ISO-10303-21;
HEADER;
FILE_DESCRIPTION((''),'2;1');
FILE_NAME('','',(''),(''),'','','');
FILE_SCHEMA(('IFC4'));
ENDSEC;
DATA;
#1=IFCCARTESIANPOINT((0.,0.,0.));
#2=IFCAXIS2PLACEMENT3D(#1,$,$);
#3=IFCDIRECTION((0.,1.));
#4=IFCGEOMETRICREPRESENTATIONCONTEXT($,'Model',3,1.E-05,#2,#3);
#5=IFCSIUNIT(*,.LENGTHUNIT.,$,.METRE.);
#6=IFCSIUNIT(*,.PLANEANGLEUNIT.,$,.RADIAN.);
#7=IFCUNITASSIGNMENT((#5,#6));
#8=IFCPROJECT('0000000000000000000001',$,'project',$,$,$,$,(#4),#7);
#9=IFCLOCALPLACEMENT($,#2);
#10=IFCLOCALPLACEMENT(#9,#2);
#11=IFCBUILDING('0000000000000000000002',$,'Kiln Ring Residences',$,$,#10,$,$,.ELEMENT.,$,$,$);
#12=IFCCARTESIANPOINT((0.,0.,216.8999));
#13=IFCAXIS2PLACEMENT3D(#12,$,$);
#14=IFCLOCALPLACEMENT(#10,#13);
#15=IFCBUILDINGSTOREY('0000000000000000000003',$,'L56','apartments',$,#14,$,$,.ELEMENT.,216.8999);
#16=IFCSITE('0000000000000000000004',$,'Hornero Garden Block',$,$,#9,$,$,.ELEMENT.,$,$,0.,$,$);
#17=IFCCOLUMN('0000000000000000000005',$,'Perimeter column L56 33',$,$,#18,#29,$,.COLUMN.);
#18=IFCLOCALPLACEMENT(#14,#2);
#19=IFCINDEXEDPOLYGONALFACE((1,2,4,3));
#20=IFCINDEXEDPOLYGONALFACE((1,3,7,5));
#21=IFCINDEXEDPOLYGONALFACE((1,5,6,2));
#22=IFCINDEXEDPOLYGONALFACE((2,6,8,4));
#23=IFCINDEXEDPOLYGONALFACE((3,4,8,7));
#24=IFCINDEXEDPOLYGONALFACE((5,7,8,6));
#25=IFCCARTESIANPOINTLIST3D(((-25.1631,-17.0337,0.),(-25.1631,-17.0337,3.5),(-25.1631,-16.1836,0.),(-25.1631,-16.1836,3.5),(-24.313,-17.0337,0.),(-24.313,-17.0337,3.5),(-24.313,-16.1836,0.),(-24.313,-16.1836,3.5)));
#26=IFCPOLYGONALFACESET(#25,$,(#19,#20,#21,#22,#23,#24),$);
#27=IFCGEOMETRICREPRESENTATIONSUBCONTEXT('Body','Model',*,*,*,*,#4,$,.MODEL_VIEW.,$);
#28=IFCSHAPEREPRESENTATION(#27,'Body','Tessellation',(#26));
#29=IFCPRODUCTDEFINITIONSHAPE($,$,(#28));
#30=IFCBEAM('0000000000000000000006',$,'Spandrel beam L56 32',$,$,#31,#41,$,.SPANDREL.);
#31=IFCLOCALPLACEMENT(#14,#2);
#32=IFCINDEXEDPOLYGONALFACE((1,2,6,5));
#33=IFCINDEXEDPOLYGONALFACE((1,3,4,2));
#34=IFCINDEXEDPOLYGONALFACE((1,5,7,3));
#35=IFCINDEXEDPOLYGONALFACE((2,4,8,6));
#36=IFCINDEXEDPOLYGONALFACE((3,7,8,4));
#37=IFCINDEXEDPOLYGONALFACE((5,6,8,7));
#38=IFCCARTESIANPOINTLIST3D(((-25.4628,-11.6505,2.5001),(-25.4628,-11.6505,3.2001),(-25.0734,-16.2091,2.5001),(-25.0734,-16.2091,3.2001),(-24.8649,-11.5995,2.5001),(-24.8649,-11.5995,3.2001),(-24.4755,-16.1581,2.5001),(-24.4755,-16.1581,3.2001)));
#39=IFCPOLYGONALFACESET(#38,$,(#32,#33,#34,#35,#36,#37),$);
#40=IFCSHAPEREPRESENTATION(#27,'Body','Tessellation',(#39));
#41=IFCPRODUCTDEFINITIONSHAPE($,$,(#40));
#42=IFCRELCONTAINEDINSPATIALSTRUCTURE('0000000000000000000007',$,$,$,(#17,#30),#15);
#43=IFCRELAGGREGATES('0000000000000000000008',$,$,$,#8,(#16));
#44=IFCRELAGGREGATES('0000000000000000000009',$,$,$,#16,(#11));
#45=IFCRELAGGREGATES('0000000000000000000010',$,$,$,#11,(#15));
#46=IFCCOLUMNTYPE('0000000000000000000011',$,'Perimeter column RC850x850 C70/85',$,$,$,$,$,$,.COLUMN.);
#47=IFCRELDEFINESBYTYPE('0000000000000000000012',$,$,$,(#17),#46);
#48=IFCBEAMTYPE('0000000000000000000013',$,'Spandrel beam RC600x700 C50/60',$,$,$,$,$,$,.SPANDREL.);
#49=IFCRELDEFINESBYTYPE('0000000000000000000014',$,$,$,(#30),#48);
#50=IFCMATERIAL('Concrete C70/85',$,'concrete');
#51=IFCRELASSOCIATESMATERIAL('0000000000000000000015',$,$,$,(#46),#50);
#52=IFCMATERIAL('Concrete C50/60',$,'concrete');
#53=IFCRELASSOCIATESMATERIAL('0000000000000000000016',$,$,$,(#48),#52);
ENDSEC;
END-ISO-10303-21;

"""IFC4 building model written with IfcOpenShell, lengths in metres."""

from ifc_helpers import new_model, si_unit, direction, frame, origin, origin_2d, place, context, subcontext, project, spatial, rectangle, extrude, material, material_profile, profile_set, type_object, element, save


model = new_model("IFC4")

# Units and contexts
model_context = context("Model", 3, precision=1e-05, world=origin(), true_north=direction((0.0, 1.0)))
body_context = subcontext(model_context, "Body", "Model", "MODEL_VIEW")
ifc_project = project(units=[si_unit("LENGTHUNIT", "METRE"), si_unit("PLANEANGLEUNIT", "RADIAN")], contexts=[model_context])

# Site, building, storey
site_placement = place(None, origin())
site = spatial("IfcSite", under=ifc_project, at=site_placement, Name="Hornero Garden Block", CompositionType="ELEMENT", RefElevation=0.0)
building_placement = place(site_placement, origin())
building = spatial("IfcBuilding", under=site, at=building_placement, Name="Kiln Ring Residences", CompositionType="ELEMENT")
storey_placement = place(building_placement, frame((0.0, 0.0, 216.8999)))
storey = spatial("IfcBuildingStorey", under=building, at=storey_placement, Name="L56", Description="apartments", CompositionType="ELEMENT", Elevation=216.8999)

# Column
ifc_material_1 = material(Name="Concrete C70/85", Category="concrete")
ifc_material_profile_1 = material_profile(ifc_material_1, rectangle(XDim=0.8501, YDim=0.8501, at=origin_2d()), Name="RC850x850")
ifc_profile_set_1 = profile_set([ifc_material_profile_1], Name="Concrete C70/85")
column_type = type_object("IfcColumnType", Name="Perimeter column RC850x850 C70/85", PredefinedType="COLUMN", material=ifc_profile_set_1)
column_placement = place(storey_placement, frame((-24.738, -16.6086, 0.0), z_axis=(0.0, 0.0, 1.0), x_axis=(1.0, 0.0, 0.0)))
element("IfcColumn", 1, at=column_placement, inside=storey, type_object=column_type, Name="Perimeter column L56 33", PredefinedType="COLUMN", context=body_context, shape_type="SweptSolid", body=[
    extrude(rectangle(XDim=0.8501, YDim=0.8501, at=origin_2d()), origin(), (0.0, 0.0, 1.0), 3.5),
])

# Beam
ifc_material_2 = material(Name="Concrete C50/60", Category="concrete")
ifc_material_profile_2 = material_profile(ifc_material_2, rectangle(XDim=0.6001, YDim=0.7, at=origin_2d()), Name="RC600x700")
ifc_profile_set_2 = profile_set([ifc_material_profile_2], Name="Concrete C50/60")
beam_type = type_object("IfcBeamType", Name="Spandrel beam RC600x700 C50/60", PredefinedType="SPANDREL", material=ifc_profile_set_2)
beam_placement = place(storey_placement, frame((-25.1638, -11.625, 2.8501), z_axis=(0.085112, -0.996371, 0.0), x_axis=(0.996371, 0.085112, 0.0)))
element("IfcBeam", 2, at=beam_placement, inside=storey, type_object=beam_type, Name="Spandrel beam L56 32", PredefinedType="SPANDREL", context=body_context, shape_type="SweptSolid", body=[
    extrude(rectangle(XDim=0.6001, YDim=0.7, at=origin_2d()), origin(), (0.0, 0.0, 1.0), 4.5752),
])

save(model, "model.ifc")
